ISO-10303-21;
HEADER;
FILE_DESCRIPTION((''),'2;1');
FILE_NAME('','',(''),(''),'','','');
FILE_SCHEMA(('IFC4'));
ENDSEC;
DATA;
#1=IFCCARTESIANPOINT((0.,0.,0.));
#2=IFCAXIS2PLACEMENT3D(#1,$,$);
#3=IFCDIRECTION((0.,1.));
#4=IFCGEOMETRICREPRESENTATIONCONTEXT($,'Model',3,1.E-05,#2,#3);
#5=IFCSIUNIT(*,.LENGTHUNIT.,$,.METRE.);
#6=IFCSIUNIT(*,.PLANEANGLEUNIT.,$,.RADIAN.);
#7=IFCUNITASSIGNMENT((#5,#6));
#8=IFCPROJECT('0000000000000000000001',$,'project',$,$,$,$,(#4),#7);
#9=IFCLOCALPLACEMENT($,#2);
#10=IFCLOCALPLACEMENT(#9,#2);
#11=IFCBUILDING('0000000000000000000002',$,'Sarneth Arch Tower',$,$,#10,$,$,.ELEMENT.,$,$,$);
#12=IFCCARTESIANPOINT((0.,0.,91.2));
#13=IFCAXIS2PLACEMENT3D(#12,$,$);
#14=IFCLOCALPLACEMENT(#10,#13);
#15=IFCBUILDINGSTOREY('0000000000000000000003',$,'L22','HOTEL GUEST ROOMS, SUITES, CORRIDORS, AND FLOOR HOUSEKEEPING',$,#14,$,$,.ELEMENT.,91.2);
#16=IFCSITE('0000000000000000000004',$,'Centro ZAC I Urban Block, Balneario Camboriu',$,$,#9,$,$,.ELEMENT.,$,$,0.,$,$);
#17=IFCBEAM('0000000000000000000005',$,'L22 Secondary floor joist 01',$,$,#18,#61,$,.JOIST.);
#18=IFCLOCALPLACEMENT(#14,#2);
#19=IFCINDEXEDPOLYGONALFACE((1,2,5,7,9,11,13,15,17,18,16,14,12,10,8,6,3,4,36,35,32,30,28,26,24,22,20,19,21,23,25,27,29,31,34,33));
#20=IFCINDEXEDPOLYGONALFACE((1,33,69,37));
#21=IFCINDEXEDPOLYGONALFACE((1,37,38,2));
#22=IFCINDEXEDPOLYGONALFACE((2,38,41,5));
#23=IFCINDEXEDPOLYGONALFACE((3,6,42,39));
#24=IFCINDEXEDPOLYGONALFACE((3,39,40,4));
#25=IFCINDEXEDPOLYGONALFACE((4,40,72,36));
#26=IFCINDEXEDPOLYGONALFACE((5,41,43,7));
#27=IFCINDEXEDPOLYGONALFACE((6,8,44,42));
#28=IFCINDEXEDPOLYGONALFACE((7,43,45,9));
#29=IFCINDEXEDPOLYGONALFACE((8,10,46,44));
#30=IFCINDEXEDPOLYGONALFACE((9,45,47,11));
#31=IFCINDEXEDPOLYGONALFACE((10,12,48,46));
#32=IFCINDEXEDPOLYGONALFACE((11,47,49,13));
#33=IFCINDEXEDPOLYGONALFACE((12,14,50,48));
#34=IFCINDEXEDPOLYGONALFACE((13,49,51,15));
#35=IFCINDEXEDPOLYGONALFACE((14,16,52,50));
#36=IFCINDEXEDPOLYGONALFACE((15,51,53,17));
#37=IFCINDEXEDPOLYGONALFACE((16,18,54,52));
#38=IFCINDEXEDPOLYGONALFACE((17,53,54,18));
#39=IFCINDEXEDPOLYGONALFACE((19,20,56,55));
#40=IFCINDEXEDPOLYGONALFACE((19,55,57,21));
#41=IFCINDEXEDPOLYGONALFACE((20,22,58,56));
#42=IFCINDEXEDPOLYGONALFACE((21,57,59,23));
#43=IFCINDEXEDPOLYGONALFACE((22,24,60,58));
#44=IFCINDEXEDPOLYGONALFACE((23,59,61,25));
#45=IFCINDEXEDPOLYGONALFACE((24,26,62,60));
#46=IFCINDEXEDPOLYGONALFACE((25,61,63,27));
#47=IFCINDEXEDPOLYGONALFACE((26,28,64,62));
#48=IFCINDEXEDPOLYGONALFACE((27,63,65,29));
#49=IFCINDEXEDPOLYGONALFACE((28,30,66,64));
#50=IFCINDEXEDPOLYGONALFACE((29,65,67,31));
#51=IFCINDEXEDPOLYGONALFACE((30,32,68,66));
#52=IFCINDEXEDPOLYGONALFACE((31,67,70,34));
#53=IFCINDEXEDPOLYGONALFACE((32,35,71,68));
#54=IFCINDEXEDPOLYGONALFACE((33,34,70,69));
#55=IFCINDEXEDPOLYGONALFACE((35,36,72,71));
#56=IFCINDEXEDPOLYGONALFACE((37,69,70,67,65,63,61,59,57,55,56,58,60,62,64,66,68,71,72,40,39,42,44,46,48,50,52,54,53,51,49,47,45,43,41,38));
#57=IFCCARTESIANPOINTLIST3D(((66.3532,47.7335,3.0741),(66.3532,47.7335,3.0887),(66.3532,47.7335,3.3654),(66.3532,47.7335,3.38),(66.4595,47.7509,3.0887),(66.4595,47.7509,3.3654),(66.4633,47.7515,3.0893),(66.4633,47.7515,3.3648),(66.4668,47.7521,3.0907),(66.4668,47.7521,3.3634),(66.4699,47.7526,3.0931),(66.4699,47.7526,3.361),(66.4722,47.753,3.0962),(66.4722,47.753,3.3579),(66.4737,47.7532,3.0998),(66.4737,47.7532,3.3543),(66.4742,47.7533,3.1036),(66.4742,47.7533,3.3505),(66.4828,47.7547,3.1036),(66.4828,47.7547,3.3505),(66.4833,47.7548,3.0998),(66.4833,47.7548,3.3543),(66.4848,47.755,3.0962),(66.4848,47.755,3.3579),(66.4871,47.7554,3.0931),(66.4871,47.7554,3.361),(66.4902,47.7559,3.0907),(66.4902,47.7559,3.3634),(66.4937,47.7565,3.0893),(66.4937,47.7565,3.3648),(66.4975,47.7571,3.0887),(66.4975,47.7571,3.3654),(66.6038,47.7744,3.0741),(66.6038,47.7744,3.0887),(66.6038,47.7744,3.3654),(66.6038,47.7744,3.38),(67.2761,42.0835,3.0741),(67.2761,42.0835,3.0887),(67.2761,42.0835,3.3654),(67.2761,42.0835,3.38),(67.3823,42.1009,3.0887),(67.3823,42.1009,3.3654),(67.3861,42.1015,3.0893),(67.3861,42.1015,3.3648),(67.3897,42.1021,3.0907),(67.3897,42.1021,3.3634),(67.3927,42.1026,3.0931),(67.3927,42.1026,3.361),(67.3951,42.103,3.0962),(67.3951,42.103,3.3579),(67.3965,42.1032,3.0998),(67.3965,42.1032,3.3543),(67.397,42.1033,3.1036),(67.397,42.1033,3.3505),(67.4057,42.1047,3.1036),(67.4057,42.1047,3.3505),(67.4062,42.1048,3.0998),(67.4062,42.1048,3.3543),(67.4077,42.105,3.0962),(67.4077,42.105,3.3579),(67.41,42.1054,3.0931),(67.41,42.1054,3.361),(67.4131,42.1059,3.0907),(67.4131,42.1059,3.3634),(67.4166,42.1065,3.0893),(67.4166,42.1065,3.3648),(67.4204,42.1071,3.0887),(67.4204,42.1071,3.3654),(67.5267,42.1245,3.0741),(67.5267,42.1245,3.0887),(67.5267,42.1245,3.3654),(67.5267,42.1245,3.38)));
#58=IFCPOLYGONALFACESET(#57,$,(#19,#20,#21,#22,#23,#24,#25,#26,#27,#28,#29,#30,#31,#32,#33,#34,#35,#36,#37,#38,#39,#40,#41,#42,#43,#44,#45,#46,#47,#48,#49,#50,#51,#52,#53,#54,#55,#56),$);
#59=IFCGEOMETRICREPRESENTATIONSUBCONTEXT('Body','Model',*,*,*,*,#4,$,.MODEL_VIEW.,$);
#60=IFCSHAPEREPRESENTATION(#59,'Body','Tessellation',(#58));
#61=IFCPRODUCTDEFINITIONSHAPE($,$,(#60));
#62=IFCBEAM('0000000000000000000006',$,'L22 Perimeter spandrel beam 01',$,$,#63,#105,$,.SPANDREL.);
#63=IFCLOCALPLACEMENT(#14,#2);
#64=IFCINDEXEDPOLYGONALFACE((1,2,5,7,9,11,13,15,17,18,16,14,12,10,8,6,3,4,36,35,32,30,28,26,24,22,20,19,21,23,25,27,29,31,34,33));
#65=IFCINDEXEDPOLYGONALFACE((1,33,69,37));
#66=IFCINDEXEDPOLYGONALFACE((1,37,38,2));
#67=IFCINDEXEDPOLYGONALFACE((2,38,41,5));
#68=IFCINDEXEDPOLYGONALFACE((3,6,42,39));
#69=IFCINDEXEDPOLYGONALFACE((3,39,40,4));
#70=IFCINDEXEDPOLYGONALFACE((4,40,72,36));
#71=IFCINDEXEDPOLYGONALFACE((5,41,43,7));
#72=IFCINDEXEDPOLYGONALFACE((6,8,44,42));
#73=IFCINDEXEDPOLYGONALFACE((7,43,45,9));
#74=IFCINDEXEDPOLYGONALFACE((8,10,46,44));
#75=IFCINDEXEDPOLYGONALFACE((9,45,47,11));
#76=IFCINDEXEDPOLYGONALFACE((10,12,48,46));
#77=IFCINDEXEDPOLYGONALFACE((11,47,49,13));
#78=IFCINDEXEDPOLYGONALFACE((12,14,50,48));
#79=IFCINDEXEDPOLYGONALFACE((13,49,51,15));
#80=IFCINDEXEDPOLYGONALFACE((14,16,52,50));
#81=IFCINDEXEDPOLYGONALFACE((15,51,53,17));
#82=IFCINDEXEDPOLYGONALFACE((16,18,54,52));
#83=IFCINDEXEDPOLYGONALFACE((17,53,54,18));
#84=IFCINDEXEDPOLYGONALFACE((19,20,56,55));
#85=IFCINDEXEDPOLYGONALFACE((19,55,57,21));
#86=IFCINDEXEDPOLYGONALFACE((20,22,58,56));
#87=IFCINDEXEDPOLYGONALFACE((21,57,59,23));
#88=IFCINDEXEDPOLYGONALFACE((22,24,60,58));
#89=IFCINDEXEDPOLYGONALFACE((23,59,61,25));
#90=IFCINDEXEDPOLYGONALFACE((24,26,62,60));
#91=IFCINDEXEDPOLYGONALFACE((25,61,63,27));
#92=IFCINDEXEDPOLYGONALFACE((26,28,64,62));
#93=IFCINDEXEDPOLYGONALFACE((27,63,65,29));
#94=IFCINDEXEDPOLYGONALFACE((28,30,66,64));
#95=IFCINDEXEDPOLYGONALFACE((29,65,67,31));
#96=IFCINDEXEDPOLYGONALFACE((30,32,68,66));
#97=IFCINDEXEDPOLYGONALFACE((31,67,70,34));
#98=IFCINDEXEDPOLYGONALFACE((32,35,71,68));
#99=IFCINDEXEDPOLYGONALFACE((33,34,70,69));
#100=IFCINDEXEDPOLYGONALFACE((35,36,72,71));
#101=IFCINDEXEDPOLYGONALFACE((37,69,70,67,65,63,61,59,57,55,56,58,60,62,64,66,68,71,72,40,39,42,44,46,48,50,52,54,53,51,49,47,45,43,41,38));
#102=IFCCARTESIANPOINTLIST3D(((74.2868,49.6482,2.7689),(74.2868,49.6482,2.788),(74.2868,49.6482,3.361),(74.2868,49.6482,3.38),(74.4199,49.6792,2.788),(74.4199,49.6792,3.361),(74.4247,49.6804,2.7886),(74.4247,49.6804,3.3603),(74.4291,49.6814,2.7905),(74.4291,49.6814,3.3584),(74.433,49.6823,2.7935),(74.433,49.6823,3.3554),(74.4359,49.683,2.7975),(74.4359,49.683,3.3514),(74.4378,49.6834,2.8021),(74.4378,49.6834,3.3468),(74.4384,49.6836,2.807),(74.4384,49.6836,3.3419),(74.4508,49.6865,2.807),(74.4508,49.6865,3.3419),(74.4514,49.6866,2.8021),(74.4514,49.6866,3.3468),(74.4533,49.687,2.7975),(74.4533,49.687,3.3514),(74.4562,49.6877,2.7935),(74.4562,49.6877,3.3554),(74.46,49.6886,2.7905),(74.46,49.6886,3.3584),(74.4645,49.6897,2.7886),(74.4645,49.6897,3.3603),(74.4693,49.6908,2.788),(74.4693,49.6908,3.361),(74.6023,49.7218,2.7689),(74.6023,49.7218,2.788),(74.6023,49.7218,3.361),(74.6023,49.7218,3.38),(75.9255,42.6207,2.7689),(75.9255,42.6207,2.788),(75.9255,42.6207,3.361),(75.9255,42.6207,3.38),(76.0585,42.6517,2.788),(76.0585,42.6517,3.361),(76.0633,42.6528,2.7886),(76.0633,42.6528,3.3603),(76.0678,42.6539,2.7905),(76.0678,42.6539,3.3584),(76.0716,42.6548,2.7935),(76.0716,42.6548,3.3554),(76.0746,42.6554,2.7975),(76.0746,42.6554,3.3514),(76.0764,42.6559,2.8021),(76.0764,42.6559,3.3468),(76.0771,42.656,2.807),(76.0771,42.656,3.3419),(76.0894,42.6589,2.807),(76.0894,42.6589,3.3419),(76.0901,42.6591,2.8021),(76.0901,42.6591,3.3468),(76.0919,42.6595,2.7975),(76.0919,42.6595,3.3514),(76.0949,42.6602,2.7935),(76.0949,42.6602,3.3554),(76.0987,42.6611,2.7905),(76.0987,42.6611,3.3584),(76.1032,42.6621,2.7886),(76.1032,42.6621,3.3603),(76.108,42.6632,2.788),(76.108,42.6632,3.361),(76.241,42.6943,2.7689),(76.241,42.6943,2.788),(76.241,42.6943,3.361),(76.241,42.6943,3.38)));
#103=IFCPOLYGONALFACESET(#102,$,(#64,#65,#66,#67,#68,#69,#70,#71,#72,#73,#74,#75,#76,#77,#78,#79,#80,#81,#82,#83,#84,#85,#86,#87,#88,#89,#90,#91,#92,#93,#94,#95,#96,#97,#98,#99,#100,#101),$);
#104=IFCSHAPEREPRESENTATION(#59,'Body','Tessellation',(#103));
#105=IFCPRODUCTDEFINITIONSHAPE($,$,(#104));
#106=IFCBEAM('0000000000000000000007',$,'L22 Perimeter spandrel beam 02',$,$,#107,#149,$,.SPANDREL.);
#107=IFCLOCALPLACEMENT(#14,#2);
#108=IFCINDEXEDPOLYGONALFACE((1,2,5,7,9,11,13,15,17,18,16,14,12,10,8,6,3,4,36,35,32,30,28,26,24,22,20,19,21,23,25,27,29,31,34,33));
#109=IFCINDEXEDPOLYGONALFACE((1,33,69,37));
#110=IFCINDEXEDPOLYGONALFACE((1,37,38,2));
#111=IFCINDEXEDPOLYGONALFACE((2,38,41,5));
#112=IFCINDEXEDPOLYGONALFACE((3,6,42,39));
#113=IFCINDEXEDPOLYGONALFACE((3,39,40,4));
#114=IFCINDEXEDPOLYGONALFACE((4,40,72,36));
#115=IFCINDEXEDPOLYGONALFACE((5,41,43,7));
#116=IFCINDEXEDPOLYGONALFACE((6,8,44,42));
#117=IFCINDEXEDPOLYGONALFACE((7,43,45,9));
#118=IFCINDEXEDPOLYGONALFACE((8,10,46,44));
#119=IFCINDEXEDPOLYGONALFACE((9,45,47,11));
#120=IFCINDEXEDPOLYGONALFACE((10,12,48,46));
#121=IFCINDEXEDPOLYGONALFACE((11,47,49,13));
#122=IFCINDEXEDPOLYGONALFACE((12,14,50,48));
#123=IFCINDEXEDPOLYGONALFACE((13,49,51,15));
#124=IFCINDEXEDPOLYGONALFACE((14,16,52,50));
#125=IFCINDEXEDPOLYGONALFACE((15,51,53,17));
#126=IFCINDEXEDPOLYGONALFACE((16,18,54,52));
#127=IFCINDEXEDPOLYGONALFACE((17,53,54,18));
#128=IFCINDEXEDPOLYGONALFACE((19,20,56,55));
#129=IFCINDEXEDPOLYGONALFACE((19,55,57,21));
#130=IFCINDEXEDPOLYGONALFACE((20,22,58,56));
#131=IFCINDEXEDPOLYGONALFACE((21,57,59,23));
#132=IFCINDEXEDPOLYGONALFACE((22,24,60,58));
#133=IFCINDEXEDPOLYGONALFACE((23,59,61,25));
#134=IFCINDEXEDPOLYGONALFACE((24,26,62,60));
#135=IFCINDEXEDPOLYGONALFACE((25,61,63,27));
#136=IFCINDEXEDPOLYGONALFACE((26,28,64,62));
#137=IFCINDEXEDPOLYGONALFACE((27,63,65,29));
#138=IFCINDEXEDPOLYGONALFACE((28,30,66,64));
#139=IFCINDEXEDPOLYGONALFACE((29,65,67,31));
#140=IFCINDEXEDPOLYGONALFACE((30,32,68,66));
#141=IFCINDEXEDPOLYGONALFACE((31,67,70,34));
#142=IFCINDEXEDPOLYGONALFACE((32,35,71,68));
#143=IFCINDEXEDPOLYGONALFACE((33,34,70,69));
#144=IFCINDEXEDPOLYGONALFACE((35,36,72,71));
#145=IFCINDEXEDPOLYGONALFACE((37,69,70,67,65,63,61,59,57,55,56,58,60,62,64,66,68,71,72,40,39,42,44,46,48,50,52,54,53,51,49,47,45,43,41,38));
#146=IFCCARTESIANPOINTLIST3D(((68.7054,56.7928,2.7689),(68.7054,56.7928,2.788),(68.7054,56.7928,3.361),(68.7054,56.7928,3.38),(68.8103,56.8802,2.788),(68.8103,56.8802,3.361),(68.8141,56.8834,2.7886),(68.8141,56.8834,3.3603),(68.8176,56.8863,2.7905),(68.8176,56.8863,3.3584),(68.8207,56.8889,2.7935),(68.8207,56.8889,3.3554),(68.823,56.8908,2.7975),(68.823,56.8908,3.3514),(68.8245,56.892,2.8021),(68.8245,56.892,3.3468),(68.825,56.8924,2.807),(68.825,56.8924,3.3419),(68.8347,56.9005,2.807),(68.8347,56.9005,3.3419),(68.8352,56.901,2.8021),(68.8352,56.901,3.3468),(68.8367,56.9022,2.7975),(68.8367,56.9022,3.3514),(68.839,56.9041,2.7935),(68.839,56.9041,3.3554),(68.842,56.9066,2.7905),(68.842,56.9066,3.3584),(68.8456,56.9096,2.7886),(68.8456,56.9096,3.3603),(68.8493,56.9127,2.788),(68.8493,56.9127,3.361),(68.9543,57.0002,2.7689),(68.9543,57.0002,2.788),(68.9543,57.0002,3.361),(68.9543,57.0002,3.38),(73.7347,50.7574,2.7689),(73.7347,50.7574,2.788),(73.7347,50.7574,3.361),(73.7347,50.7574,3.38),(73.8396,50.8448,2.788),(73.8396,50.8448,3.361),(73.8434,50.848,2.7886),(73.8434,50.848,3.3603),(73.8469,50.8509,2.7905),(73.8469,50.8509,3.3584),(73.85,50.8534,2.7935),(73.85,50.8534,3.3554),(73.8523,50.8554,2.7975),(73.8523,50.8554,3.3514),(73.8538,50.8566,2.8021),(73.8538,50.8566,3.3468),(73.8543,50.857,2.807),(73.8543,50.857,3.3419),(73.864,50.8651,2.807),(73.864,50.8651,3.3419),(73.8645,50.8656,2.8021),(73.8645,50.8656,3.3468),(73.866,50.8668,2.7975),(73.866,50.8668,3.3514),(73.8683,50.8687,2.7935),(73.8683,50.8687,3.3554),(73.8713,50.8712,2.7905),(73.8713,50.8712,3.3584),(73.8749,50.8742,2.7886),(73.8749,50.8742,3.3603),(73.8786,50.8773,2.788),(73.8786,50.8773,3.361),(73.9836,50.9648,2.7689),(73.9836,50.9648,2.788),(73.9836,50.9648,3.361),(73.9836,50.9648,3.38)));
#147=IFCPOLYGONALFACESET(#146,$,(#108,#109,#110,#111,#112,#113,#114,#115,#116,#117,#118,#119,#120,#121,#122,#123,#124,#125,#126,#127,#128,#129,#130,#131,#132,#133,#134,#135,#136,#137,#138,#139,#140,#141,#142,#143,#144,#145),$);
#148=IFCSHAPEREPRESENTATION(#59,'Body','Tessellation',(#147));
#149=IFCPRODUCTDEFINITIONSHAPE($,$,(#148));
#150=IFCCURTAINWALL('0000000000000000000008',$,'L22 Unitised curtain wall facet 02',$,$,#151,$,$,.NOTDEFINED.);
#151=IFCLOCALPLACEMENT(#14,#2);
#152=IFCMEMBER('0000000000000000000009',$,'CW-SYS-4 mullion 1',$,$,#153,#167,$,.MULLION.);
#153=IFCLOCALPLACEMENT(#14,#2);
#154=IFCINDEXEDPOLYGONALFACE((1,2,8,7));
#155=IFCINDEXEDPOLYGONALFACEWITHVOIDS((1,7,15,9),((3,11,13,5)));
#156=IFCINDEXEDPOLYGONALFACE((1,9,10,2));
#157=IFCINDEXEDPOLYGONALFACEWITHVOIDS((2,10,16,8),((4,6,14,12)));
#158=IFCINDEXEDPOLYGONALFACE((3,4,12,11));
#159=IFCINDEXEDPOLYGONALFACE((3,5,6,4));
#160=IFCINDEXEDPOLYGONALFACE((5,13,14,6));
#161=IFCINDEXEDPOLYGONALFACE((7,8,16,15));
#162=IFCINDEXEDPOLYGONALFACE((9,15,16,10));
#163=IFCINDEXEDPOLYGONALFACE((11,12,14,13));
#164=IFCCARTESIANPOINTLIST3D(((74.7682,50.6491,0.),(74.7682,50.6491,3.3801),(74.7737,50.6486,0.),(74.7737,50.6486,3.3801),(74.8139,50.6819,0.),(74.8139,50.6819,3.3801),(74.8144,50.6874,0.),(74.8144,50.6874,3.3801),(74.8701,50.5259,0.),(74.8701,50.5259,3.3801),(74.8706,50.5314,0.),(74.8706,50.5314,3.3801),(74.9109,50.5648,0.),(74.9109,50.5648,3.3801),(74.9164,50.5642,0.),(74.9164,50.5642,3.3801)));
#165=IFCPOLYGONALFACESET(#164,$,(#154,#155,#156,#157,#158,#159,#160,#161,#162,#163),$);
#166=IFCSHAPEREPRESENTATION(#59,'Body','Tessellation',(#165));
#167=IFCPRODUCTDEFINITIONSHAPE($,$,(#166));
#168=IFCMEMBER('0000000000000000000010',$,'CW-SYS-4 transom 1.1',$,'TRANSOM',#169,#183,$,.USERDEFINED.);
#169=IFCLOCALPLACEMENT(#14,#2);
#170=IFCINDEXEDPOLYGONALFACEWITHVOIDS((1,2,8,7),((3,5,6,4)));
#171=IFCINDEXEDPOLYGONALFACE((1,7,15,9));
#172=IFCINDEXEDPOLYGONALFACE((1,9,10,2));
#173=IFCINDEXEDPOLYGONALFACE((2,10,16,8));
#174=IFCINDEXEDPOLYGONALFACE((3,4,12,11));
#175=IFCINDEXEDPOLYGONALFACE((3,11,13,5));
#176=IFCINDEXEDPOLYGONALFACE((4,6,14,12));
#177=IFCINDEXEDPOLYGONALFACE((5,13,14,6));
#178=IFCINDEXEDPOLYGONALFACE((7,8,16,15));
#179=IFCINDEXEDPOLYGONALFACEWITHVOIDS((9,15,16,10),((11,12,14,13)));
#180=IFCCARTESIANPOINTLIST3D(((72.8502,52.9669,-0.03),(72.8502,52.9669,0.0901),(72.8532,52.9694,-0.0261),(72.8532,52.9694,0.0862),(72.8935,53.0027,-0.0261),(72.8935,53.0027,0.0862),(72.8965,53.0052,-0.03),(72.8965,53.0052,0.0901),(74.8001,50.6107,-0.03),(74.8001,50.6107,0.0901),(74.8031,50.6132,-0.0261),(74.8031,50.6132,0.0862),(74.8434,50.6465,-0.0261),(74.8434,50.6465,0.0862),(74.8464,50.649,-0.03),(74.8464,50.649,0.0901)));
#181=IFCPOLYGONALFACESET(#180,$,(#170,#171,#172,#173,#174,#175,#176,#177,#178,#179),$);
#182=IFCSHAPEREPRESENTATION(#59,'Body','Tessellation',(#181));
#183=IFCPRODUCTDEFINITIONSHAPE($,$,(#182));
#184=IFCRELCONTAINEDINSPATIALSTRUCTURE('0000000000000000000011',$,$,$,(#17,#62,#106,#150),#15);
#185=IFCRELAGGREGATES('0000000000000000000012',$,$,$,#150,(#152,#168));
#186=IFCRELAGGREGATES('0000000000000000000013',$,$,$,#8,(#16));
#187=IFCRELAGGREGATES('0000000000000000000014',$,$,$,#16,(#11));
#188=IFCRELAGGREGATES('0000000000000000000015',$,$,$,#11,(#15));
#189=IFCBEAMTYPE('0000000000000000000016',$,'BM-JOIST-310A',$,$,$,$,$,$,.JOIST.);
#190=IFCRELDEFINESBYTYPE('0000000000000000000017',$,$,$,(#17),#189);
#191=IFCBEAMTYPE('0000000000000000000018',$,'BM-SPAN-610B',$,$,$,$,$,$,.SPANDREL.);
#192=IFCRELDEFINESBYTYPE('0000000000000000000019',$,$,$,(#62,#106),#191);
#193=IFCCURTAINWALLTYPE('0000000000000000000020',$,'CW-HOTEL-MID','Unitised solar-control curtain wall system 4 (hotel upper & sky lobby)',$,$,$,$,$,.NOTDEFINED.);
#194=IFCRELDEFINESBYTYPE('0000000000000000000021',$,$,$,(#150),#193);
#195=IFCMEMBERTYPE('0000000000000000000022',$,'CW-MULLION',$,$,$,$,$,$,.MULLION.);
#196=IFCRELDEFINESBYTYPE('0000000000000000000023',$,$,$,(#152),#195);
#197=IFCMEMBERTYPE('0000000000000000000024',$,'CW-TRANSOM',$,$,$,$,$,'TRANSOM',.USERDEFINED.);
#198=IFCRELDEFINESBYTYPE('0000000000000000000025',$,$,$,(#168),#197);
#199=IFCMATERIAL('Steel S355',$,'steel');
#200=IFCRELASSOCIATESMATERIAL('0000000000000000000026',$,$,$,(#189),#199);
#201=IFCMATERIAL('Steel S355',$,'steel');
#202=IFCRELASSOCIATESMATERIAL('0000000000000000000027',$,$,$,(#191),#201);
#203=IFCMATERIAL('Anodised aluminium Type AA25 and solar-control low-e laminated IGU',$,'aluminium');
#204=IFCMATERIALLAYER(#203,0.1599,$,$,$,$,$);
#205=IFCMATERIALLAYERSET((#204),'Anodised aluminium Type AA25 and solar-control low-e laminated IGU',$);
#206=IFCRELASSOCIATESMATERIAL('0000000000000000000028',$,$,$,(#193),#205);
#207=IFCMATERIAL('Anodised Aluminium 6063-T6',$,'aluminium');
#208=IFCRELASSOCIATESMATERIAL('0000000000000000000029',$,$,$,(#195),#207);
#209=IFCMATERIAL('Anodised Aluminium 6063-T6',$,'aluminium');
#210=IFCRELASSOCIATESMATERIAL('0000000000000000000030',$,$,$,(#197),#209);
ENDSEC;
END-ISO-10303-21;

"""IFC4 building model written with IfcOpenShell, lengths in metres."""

from ifc_helpers import new_model, si_unit, direction, frame, origin, origin_2d, place, context, subcontext, project, spatial, hollow_rectangle, i_section, extrude, material, layer, layer_set, material_profile, profile_set, type_object, element, aggregate, save


model = new_model("IFC4")

# Units and contexts
model_context = context("Model", 3, precision=1e-05, world=origin(), true_north=direction((0.0, 1.0)))
body_context = subcontext(model_context, "Body", "Model", "MODEL_VIEW")
ifc_project = project(units=[si_unit("LENGTHUNIT", "METRE"), si_unit("PLANEANGLEUNIT", "RADIAN")], contexts=[model_context])

# Site, building, storey
site_placement = place(None, origin())
site = spatial("IfcSite", under=ifc_project, at=site_placement, Name="Centro ZAC I Urban Block, Balneario Camboriu", CompositionType="ELEMENT", RefElevation=0.0)
building_placement = place(site_placement, origin())
building = spatial("IfcBuilding", under=site, at=building_placement, Name="Sarneth Arch Tower", CompositionType="ELEMENT")
storey_placement = place(building_placement, frame((0.0, 0.0, 91.2)))
storey = spatial("IfcBuildingStorey", under=building, at=storey_placement, Name="L22", Description="HOTEL GUEST ROOMS, SUITES, CORRIDORS, AND FLOOR HOUSEKEEPING", CompositionType="ELEMENT", Elevation=91.2)

# Beams
ifc_material_1 = material(Name="Steel S355", Category="steel")
ifc_material_profile_1 = material_profile(ifc_material_1, i_section(OverallWidth=0.2539, OverallDepth=0.3059, WebThickness=0.0088, FlangeThickness=0.0146, FilletRadius=0.0149, at=origin_2d()), Name="W310x79")
ifc_profile_set_1 = profile_set([ifc_material_profile_1], Name="Steel S355")
beam_type_1 = type_object("IfcBeamType", Name="BM-JOIST-310A", PredefinedType="JOIST", material=ifc_profile_set_1)
beam_1_placement = place(storey_placement, frame((67.4014, 42.104, 3.2271), z_axis=(-0.161203, 0.986921, 0.0), x_axis=(-0.986921, -0.161203, 0.0)))
element("IfcBeam", 1, at=beam_1_placement, inside=storey, type_object=beam_type_1, Name="L22 Secondary floor joist 01", PredefinedType="JOIST", context=body_context, shape_type="SweptSolid", body=[
    extrude(i_section(OverallWidth=0.2539, OverallDepth=0.3059, WebThickness=0.0088, FlangeThickness=0.0146, FilletRadius=0.0149, at=origin_2d()), origin(), (0.0, 0.0, 1.0), 5.7249),
])
ifc_material_2 = material(Name="Steel S355", Category="steel")
ifc_material_profile_2 = material_profile(ifc_material_2, i_section(OverallWidth=0.324, OverallDepth=0.6111, WebThickness=0.0127, FlangeThickness=0.019, FilletRadius=0.019, at=origin_2d()), Name="W610x155")
ifc_profile_set_2 = profile_set([ifc_material_profile_2], Name="Steel S355")
beam_type_2 = type_object("IfcBeamType", Name="BM-SPAN-610B", PredefinedType="SPANDREL", material=ifc_profile_set_2)
beam_2_placement = place(storey_placement, frame((76.0833, 42.6575, 3.0745), z_axis=(-0.227085, 0.973875, 0.0), x_axis=(-0.973875, -0.227085, 0.0)))
element("IfcBeam", 2, at=beam_2_placement, inside=storey, type_object=beam_type_2, Name="L22 Perimeter spandrel beam 01", PredefinedType="SPANDREL", context=body_context, shape_type="SweptSolid", body=[
    extrude(i_section(OverallWidth=0.324, OverallDepth=0.6111, WebThickness=0.0127, FlangeThickness=0.019, FilletRadius=0.019, at=origin_2d()), origin(), (0.0, 0.0, 1.0), 7.2161),
])
beam_3_placement = place(storey_placement, frame((73.8591, 50.8611, 3.0745), z_axis=(-0.640169, 0.768234, 0.0), x_axis=(-0.768234, -0.640169, 0.0)))
element("IfcBeam", 3, at=beam_3_placement, inside=storey, type_object=beam_type_2, Name="L22 Perimeter spandrel beam 02", PredefinedType="SPANDREL", context=body_context, shape_type="SweptSolid", body=[
    extrude(i_section(OverallWidth=0.324, OverallDepth=0.6111, WebThickness=0.0127, FlangeThickness=0.019, FilletRadius=0.019, at=origin_2d()), origin(), (0.0, 0.0, 1.0), 7.8562),
])

# Curtain wall, members
ifc_material_3 = material(Name="Anodised aluminium Type AA25 and solar-control low-e laminated IGU", Category="aluminium")
ifc_layer_1 = layer(ifc_material_3, 0.1599)
ifc_layer_set_1 = layer_set([ifc_layer_1], Name="Anodised aluminium Type AA25 and solar-control low-e laminated IGU")
curtain_wall_type = type_object("IfcCurtainWallType", Name="CW-HOTEL-MID", Description="Unitised solar-control curtain wall system 4 (hotel upper & sky lobby)", PredefinedType="NOTDEFINED", material=ifc_layer_set_1)
curtain_wall_placement = place(storey_placement, origin())
curtain_wall = element("IfcCurtainWall", 4, at=curtain_wall_placement, inside=storey, type_object=curtain_wall_type, Name="L22 Unitised curtain wall facet 02", PredefinedType="NOTDEFINED")
ifc_material_4 = material(Name="Anodised Aluminium 6063-T6", Category="aluminium")
ifc_material_profile_3 = material_profile(ifc_material_4, hollow_rectangle(XDim=0.0601, YDim=0.1599, WallThickness=0.0039, at=origin_2d()), Name="AL-MULL-160x60x4")
ifc_profile_set_3 = profile_set([ifc_material_profile_3], Name="Anodised Aluminium 6063-T6")
member_type_1 = type_object("IfcMemberType", Name="CW-MULLION", PredefinedType="MULLION", material=ifc_profile_set_3)
member_1_placement = place(storey_placement, frame((74.8423, 50.6067, 0.0), z_axis=(0.0, 0.0, 1.0), x_axis=(-0.770438, -0.637515, 0.0)))
member_1 = element("IfcMember", 5, at=member_1_placement, type_object=member_type_1, Name="CW-SYS-4 mullion 1", PredefinedType="MULLION", context=body_context, shape_type="SweptSolid", body=[
    extrude(hollow_rectangle(XDim=0.0601, YDim=0.1599, WallThickness=0.0039, at=origin_2d()), origin(), (0.0, 0.0, 1.0), 3.3801),
])
ifc_material_5 = material(Name="Anodised Aluminium 6063-T6", Category="aluminium")
ifc_material_profile_4 = material_profile(ifc_material_5, hollow_rectangle(XDim=0.0601, YDim=0.1201, WallThickness=0.0039, at=origin_2d()), Name="AL-TRAN-120x60x4")
ifc_profile_set_4 = profile_set([ifc_material_profile_4], Name="Anodised Aluminium 6063-T6")
member_type_2 = type_object("IfcMemberType", Name="CW-TRANSOM", ElementType="TRANSOM", PredefinedType="USERDEFINED", material=ifc_profile_set_4)
member_2_placement = place(storey_placement, frame((74.8232, 50.6299, 0.03), z_axis=(-0.637566, 0.770396, 0.0), x_axis=(-0.770396, -0.637566, 0.0)))
member_2 = element("IfcMember", 6, at=member_2_placement, type_object=member_type_2, Name="CW-SYS-4 transom 1.1", ObjectType="TRANSOM", PredefinedType="USERDEFINED", context=body_context, shape_type="SweptSolid", body=[
    extrude(hollow_rectangle(XDim=0.0601, YDim=0.1201, WallThickness=0.0039, at=origin_2d()), origin(), (0.0, 0.0, 1.0), 3.0583),
])

aggregate(curtain_wall, [member_1, member_2])

save(model, "model.ifc")
